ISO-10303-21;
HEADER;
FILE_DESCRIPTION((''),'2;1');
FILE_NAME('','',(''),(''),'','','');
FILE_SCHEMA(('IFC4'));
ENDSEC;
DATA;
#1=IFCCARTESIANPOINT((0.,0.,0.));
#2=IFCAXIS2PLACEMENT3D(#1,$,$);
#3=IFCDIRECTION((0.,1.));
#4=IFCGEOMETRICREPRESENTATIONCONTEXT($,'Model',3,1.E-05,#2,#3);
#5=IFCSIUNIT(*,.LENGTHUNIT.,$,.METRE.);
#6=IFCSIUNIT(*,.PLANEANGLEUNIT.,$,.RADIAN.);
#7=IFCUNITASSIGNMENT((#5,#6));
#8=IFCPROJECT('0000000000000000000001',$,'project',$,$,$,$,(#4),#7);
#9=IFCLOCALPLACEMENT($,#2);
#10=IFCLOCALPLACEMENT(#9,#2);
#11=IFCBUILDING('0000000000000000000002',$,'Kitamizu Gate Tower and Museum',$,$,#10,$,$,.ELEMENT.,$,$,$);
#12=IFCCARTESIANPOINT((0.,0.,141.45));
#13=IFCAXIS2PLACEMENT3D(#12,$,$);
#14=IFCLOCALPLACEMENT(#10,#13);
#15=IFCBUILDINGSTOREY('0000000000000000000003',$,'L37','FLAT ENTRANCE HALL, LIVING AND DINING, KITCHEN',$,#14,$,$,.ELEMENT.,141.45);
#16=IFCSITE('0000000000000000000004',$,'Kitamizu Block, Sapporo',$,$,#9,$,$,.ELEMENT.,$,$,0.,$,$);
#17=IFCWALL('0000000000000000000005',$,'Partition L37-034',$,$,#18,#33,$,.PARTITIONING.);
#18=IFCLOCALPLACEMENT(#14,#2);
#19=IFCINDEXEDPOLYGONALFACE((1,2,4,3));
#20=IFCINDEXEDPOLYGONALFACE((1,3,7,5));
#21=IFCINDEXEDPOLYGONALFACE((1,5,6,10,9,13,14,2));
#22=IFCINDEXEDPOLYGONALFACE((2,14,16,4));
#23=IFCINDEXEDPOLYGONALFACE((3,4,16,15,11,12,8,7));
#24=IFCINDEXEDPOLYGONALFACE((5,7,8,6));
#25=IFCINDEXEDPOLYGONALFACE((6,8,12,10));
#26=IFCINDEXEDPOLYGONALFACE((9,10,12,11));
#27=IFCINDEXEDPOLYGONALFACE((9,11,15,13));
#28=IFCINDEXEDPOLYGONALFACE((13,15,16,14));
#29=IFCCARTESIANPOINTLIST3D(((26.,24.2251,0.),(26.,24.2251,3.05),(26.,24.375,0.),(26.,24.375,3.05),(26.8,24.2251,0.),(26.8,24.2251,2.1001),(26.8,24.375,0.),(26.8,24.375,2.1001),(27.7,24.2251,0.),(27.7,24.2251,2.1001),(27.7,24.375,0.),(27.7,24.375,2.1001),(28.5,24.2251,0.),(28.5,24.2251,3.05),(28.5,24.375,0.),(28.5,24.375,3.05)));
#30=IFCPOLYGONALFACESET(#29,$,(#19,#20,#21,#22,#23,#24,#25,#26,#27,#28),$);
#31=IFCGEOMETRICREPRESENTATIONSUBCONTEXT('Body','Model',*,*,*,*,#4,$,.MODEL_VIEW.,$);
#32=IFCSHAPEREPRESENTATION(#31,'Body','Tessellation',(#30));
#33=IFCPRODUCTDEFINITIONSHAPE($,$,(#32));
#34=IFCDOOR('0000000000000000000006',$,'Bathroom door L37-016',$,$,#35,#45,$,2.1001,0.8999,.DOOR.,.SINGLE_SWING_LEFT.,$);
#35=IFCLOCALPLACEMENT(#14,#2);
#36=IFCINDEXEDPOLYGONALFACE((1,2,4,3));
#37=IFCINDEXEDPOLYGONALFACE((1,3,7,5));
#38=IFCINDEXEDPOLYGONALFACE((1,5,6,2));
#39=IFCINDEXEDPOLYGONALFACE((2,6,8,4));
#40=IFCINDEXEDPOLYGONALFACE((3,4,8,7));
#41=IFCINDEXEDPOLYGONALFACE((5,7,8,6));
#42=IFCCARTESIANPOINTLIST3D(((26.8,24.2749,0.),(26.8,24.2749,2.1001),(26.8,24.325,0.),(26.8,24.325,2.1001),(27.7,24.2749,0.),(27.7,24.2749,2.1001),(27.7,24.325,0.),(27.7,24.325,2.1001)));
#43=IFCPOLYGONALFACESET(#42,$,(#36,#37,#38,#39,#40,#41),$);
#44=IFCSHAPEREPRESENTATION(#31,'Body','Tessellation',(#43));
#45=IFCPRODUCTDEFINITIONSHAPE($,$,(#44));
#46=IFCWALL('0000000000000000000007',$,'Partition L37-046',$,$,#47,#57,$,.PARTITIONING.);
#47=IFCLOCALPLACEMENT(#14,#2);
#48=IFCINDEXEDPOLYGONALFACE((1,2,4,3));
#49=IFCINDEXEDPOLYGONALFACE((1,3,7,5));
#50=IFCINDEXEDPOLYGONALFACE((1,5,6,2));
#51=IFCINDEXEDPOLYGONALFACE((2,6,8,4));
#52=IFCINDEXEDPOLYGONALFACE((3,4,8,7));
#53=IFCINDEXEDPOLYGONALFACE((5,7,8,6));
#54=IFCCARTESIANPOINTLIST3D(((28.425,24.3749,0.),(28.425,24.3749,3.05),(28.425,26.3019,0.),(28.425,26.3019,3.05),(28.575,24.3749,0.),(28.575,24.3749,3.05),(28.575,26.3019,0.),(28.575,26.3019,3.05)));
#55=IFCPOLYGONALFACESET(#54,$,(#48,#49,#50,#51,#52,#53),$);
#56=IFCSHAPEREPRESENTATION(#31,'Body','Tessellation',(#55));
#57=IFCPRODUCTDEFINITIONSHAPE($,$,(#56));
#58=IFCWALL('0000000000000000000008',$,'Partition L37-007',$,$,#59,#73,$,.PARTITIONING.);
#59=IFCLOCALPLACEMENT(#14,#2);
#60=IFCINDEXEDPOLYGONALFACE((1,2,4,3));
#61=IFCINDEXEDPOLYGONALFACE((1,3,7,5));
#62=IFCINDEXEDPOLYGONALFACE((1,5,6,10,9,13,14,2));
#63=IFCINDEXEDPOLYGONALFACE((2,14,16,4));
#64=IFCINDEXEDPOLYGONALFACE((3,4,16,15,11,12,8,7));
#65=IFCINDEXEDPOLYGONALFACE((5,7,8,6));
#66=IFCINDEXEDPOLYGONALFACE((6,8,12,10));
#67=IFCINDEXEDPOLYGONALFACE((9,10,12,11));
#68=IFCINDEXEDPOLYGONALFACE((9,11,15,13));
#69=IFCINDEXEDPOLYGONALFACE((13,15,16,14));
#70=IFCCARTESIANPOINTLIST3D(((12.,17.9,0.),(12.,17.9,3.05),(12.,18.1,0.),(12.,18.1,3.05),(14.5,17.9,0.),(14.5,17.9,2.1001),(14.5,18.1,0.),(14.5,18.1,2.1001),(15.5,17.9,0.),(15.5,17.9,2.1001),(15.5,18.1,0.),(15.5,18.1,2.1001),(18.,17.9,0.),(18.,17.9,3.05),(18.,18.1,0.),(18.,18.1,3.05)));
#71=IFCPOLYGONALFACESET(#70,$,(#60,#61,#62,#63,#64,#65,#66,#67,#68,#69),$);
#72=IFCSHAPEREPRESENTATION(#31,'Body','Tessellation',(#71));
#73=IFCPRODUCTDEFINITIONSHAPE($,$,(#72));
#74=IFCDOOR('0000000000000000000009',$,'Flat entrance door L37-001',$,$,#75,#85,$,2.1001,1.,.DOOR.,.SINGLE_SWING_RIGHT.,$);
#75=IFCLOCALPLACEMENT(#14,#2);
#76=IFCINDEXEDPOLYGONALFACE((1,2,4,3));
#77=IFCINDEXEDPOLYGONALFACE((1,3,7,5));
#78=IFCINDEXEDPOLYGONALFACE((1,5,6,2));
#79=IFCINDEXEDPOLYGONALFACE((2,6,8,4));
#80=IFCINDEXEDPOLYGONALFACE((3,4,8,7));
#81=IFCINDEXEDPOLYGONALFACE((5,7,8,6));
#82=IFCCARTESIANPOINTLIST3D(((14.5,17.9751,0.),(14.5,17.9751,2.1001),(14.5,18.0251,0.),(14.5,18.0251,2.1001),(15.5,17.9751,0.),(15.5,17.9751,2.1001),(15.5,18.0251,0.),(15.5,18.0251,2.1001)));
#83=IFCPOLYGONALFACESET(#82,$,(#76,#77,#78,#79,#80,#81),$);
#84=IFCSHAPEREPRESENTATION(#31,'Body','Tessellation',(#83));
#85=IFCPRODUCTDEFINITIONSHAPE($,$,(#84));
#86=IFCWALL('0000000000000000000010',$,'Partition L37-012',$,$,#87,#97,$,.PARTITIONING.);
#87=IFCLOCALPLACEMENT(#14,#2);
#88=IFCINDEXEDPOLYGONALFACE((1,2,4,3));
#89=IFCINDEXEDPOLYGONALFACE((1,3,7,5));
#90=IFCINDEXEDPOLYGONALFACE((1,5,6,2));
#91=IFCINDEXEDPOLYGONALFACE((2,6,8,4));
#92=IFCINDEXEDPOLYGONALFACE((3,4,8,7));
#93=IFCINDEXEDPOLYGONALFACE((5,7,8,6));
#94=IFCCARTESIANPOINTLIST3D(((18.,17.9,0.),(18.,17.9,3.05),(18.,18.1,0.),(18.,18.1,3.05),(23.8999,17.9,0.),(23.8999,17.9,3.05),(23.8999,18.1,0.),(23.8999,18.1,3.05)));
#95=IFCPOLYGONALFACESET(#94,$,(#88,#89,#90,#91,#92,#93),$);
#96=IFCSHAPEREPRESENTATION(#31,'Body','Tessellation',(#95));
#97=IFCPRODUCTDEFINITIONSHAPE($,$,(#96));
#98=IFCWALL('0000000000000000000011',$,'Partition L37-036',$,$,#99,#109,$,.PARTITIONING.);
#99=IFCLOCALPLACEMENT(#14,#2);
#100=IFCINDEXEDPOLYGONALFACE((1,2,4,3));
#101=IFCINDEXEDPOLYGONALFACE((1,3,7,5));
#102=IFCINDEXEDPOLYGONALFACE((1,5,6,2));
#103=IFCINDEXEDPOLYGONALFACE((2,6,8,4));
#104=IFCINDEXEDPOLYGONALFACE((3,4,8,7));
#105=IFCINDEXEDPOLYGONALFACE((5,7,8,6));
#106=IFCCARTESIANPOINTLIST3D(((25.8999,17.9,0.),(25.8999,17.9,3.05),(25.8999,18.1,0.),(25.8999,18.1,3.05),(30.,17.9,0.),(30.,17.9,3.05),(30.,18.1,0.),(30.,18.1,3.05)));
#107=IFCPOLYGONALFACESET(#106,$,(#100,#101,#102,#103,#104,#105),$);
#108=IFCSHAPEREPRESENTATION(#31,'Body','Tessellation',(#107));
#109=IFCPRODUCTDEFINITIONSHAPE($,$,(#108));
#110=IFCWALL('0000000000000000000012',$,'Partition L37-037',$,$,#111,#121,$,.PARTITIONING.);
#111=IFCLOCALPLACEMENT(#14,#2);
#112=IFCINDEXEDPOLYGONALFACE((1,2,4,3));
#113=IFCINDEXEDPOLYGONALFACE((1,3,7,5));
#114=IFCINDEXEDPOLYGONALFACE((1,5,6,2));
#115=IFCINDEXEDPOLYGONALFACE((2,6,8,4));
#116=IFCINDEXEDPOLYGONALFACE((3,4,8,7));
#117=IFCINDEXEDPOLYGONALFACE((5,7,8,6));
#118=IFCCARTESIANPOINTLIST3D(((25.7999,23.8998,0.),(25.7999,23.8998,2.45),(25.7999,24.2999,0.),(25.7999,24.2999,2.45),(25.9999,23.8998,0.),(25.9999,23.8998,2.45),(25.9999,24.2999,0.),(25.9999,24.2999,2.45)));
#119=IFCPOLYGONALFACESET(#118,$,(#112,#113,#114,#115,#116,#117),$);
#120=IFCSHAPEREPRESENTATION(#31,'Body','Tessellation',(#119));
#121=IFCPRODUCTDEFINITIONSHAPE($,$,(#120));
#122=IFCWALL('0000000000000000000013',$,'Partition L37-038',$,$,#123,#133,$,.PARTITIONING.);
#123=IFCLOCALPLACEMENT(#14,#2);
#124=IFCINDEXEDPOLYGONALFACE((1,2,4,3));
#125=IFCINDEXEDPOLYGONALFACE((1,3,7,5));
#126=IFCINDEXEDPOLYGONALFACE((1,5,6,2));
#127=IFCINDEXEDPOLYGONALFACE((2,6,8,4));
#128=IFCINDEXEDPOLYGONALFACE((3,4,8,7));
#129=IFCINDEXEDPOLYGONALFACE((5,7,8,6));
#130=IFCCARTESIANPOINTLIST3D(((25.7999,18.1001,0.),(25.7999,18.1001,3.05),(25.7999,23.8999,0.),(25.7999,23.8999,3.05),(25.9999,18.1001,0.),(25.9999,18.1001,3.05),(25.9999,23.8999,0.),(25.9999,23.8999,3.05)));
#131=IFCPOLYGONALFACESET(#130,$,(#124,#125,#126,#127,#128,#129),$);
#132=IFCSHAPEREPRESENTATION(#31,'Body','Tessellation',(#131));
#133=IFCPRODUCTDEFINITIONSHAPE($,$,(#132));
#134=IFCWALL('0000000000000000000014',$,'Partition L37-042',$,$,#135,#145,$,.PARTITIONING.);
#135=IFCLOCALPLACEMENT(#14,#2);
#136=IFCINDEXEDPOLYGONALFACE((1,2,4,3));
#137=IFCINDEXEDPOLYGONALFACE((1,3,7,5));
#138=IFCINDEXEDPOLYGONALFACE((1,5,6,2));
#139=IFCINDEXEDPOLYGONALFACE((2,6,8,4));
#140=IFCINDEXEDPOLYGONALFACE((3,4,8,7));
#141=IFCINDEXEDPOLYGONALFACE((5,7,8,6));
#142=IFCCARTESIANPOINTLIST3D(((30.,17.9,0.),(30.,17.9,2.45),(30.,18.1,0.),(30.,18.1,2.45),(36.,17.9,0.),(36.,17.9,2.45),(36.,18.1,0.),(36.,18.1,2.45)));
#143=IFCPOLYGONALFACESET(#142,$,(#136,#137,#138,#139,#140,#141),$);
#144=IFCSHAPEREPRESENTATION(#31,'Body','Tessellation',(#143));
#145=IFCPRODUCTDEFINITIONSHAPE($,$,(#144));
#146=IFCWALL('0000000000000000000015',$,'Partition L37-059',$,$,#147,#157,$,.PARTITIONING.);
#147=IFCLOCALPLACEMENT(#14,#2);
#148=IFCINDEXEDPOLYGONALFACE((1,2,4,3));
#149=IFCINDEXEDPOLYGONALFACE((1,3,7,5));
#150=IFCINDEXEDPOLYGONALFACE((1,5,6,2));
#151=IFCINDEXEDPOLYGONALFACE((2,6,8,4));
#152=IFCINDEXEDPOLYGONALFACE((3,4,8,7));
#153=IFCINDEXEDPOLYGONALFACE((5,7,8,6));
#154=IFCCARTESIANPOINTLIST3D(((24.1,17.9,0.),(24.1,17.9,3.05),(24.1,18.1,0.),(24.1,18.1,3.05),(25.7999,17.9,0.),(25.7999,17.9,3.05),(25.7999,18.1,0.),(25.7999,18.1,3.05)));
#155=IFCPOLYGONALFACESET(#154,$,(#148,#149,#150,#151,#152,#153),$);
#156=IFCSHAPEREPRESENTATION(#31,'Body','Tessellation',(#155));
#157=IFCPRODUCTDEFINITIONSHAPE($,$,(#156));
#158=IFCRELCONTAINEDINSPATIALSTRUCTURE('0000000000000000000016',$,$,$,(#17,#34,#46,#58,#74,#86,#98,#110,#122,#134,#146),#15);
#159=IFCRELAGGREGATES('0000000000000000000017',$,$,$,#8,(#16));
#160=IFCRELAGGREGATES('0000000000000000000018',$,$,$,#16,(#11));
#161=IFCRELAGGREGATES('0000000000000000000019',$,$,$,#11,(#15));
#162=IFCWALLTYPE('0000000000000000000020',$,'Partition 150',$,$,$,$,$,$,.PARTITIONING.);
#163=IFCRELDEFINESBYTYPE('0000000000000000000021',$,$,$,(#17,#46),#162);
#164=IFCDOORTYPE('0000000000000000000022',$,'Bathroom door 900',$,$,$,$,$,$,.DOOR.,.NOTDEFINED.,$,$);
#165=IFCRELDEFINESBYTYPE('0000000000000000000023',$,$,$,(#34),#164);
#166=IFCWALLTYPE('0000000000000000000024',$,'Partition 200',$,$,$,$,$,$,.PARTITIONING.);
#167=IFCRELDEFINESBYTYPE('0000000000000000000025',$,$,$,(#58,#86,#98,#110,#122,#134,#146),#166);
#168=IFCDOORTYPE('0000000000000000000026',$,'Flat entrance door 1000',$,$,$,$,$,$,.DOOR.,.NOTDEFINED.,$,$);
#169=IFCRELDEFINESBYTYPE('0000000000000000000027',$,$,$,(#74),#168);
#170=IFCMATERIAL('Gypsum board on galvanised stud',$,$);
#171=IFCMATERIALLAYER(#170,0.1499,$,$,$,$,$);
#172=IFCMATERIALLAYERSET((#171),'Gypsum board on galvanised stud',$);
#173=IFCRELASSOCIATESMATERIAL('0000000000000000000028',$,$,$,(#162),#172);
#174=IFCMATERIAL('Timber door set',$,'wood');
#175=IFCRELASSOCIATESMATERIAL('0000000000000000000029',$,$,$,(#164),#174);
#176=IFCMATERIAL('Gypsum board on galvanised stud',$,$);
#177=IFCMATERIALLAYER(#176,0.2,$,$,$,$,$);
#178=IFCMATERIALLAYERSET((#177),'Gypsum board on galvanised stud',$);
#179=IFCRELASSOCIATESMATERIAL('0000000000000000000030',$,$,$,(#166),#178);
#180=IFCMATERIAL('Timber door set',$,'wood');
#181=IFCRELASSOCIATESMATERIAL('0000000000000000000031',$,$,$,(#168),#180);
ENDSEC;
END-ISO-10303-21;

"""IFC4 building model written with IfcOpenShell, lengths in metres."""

from ifc_helpers import new_model, si_unit, direction, frame, frame_2d, origin, place, context, subcontext, project, spatial, rectangle, extrude, material, layer, layer_set, type_object, element, fill, save


model = new_model("IFC4")

# Units and contexts
model_context = context("Model", 3, precision=1e-05, world=origin(), true_north=direction((0.0, 1.0)))
body_context = subcontext(model_context, "Body", "Model", "MODEL_VIEW")
ifc_project = project(units=[si_unit("LENGTHUNIT", "METRE"), si_unit("PLANEANGLEUNIT", "RADIAN")], contexts=[model_context])

# Site, building, storey
site_placement = place(None, origin())
site = spatial("IfcSite", under=ifc_project, at=site_placement, Name="Kitamizu Block, Sapporo", CompositionType="ELEMENT", RefElevation=0.0)
building_placement = place(site_placement, origin())
building = spatial("IfcBuilding", under=site, at=building_placement, Name="Kitamizu Gate Tower and Museum", CompositionType="ELEMENT")
storey_placement = place(building_placement, frame((0.0, 0.0, 141.45)))
storey = spatial("IfcBuildingStorey", under=building, at=storey_placement, Name="L37", Description="FLAT ENTRANCE HALL, LIVING AND DINING, KITCHEN", CompositionType="ELEMENT", Elevation=141.45)

# Wall, opening, door
ifc_material_1 = material(Name="Gypsum board on galvanised stud")
ifc_layer_1 = layer(ifc_material_1, 0.1499)
ifc_layer_set_1 = layer_set([ifc_layer_1], Name="Gypsum board on galvanised stud")
wall_type_1 = type_object("IfcWallType", Name="Partition 150", PredefinedType="PARTITIONING", material=ifc_layer_set_1)
wall_1_placement = place(storey_placement, frame((28.5, 24.3, 0.0), z_axis=(0.0, 0.0, 1.0), x_axis=(-1.0, 0.0, 0.0)))
wall_1 = element("IfcWall", 1, at=wall_1_placement, inside=storey, type_object=wall_type_1, Name="Partition L37-034", PredefinedType="PARTITIONING", context=body_context, shape_type="SweptSolid", body=[
    extrude(rectangle(XDim=2.5, YDim=0.1499, at=frame_2d((1.25, 0.0))), origin(), (0.0, 0.0, 1.0), 3.05),
])
opening_1_placement = place(wall_1_placement, frame((0.8, 0.0, 0.0)))
opening_1 = element("IfcOpeningElement", 2, at=opening_1_placement, cuts=wall_1, PredefinedType="OPENING", context=body_context, shape_type="SweptSolid", body=[
    extrude(rectangle(XDim=0.8999, YDim=2.1001, at=frame_2d((0.45, 1.05))), frame((0.0, 0.085, 0.0), z_axis=(0.0, -1.0, 0.0), x_axis=(1.0, 0.0, 0.0)), (0.0, 0.0, 1.0), 0.1699),
])
ifc_material_2 = material(Name="Timber door set", Category="wood")
door_type_1 = type_object("IfcDoorType", Name="Bathroom door 900", OperationType="NOTDEFINED", PredefinedType="DOOR", material=ifc_material_2)
door_1_placement = place(opening_1_placement, frame((0.8999, 0.0, 0.0), x_axis=(-1.0, 0.0, 0.0)))
door_1 = element("IfcDoor", 3, at=door_1_placement, inside=storey, type_object=door_type_1, Name="Bathroom door L37-016", OperationType="SINGLE_SWING_LEFT", OverallHeight=2.1001, OverallWidth=0.8999, PredefinedType="DOOR", context=body_context, shape_type="SweptSolid", body=[
    extrude(rectangle(XDim=0.8999, YDim=2.1001, at=frame_2d((0.45, 1.05))), frame((0.0, 0.0249, 0.0), z_axis=(0.0, -1.0, 0.0), x_axis=(1.0, 0.0, 0.0)), (0.0, 0.0, 1.0), 0.05),
])
fill(opening_1, door_1)

# Wall
wall_2_placement = place(storey_placement, frame((28.5, 24.375, 0.0), z_axis=(0.0, 0.0, 1.0), x_axis=(0.0, 1.0, 0.0)))
element("IfcWall", 4, at=wall_2_placement, inside=storey, type_object=wall_type_1, Name="Partition L37-046", PredefinedType="PARTITIONING", context=body_context, shape_type="SweptSolid", body=[
    extrude(rectangle(XDim=1.927, YDim=0.1499, at=frame_2d((0.9634, 0.0))), origin(), (0.0, 0.0, 1.0), 3.05),
])

# Wall, opening, door
ifc_material_3 = material(Name="Gypsum board on galvanised stud")
ifc_layer_2 = layer(ifc_material_3, 0.2)
ifc_layer_set_2 = layer_set([ifc_layer_2], Name="Gypsum board on galvanised stud")
wall_type_2 = type_object("IfcWallType", Name="Partition 200", PredefinedType="PARTITIONING", material=ifc_layer_set_2)
wall_3_placement = place(storey_placement, frame((18.0, 18.0, 0.0), z_axis=(0.0, 0.0, 1.0), x_axis=(-1.0, 0.0, 0.0)))
wall_3 = element("IfcWall", 5, at=wall_3_placement, inside=storey, type_object=wall_type_2, Name="Partition L37-007", PredefinedType="PARTITIONING", context=body_context, shape_type="SweptSolid", body=[
    extrude(rectangle(XDim=6.0, YDim=0.2, at=frame_2d((3.0, 0.0))), origin(), (0.0, 0.0, 1.0), 3.05),
])
opening_2_placement = place(wall_3_placement, frame((2.5, 0.0, 0.0)))
opening_2 = element("IfcOpeningElement", 6, at=opening_2_placement, cuts=wall_3, PredefinedType="OPENING", context=body_context, shape_type="SweptSolid", body=[
    extrude(rectangle(XDim=1.0, YDim=2.1001, at=frame_2d((0.5, 1.05))), frame((0.0, 0.1099, 0.0), z_axis=(0.0, -1.0, 0.0), x_axis=(1.0, 0.0, 0.0)), (0.0, 0.0, 1.0), 0.22),
])
ifc_material_4 = material(Name="Timber door set", Category="wood")
door_type_2 = type_object("IfcDoorType", Name="Flat entrance door 1000", OperationType="NOTDEFINED", PredefinedType="DOOR", material=ifc_material_4)
door_2_placement = place(opening_2_placement, origin())
door_2 = element("IfcDoor", 7, at=door_2_placement, inside=storey, type_object=door_type_2, Name="Flat entrance door L37-001", OperationType="SINGLE_SWING_RIGHT", OverallHeight=2.1001, OverallWidth=1.0, PredefinedType="DOOR", context=body_context, shape_type="SweptSolid", body=[
    extrude(rectangle(XDim=1.0, YDim=2.1001, at=frame_2d((0.5, 1.05))), frame((0.0, 0.0249, 0.0), z_axis=(0.0, -1.0, 0.0), x_axis=(1.0, 0.0, 0.0)), (0.0, 0.0, 1.0), 0.05),
])
fill(opening_2, door_2)

# Walls
wall_4_placement = place(storey_placement, frame((23.8999, 18.0, 0.0), z_axis=(0.0, 0.0, 1.0), x_axis=(-1.0, 0.0, 0.0)))
element("IfcWall", 8, at=wall_4_placement, inside=storey, type_object=wall_type_2, Name="Partition L37-012", PredefinedType="PARTITIONING", context=body_context, shape_type="SweptSolid", body=[
    extrude(rectangle(XDim=5.8999, YDim=0.2, at=frame_2d((2.95, 0.0))), origin(), (0.0, 0.0, 1.0), 3.05),
])
wall_5_placement = place(storey_placement, frame((25.8999, 18.0, 0.0), z_axis=(0.0, 0.0, 1.0), x_axis=(1.0, 0.0, 0.0)))
element("IfcWall", 9, at=wall_5_placement, inside=storey, type_object=wall_type_2, Name="Partition L37-036", PredefinedType="PARTITIONING", context=body_context, shape_type="SweptSolid", body=[
    extrude(rectangle(XDim=4.1001, YDim=0.2, at=frame_2d((2.05, 0.0))), origin(), (0.0, 0.0, 1.0), 3.05),
])
wall_6_placement = place(storey_placement, frame((25.8999, 24.3, 0.0), z_axis=(0.0, 0.0, 1.0), x_axis=(0.0, -1.0, 0.0)))
element("IfcWall", 10, at=wall_6_placement, inside=storey, type_object=wall_type_2, Name="Partition L37-037", PredefinedType="PARTITIONING", context=body_context, shape_type="SweptSolid", body=[
    extrude(rectangle(XDim=0.4001, YDim=0.2, at=frame_2d((0.2002, 0.0))), origin(), (0.0, 0.0, 1.0), 2.45),
])
wall_7_placement = place(storey_placement, frame((25.8999, 23.8999, 0.0), z_axis=(0.0, 0.0, 1.0), x_axis=(0.0, -1.0, 0.0)))
element("IfcWall", 11, at=wall_7_placement, inside=storey, type_object=wall_type_2, Name="Partition L37-038", PredefinedType="PARTITIONING", context=body_context, shape_type="SweptSolid", body=[
    extrude(rectangle(XDim=5.7998, YDim=0.2, at=frame_2d((2.8999, 0.0))), origin(), (0.0, 0.0, 1.0), 3.05),
])
wall_8_placement = place(storey_placement, frame((30.0, 18.0, 0.0), z_axis=(0.0, 0.0, 1.0), x_axis=(1.0, 0.0, 0.0)))
element("IfcWall", 12, at=wall_8_placement, inside=storey, type_object=wall_type_2, Name="Partition L37-042", PredefinedType="PARTITIONING", context=body_context, shape_type="SweptSolid", body=[
    extrude(rectangle(XDim=6.0, YDim=0.2, at=frame_2d((3.0, 0.0))), origin(), (0.0, 0.0, 1.0), 2.45),
])
wall_9_placement = place(storey_placement, frame((25.8, 18.0, 0.0), z_axis=(0.0, 0.0, 1.0), x_axis=(-1.0, 0.0, 0.0)))
element("IfcWall", 13, at=wall_9_placement, inside=storey, type_object=wall_type_2, Name="Partition L37-059", PredefinedType="PARTITIONING", context=body_context, shape_type="SweptSolid", body=[
    extrude(rectangle(XDim=1.7, YDim=0.2, at=frame_2d((0.8501, 0.0))), origin(), (0.0, 0.0, 1.0), 3.05),
])

save(model, "model.ifc")
